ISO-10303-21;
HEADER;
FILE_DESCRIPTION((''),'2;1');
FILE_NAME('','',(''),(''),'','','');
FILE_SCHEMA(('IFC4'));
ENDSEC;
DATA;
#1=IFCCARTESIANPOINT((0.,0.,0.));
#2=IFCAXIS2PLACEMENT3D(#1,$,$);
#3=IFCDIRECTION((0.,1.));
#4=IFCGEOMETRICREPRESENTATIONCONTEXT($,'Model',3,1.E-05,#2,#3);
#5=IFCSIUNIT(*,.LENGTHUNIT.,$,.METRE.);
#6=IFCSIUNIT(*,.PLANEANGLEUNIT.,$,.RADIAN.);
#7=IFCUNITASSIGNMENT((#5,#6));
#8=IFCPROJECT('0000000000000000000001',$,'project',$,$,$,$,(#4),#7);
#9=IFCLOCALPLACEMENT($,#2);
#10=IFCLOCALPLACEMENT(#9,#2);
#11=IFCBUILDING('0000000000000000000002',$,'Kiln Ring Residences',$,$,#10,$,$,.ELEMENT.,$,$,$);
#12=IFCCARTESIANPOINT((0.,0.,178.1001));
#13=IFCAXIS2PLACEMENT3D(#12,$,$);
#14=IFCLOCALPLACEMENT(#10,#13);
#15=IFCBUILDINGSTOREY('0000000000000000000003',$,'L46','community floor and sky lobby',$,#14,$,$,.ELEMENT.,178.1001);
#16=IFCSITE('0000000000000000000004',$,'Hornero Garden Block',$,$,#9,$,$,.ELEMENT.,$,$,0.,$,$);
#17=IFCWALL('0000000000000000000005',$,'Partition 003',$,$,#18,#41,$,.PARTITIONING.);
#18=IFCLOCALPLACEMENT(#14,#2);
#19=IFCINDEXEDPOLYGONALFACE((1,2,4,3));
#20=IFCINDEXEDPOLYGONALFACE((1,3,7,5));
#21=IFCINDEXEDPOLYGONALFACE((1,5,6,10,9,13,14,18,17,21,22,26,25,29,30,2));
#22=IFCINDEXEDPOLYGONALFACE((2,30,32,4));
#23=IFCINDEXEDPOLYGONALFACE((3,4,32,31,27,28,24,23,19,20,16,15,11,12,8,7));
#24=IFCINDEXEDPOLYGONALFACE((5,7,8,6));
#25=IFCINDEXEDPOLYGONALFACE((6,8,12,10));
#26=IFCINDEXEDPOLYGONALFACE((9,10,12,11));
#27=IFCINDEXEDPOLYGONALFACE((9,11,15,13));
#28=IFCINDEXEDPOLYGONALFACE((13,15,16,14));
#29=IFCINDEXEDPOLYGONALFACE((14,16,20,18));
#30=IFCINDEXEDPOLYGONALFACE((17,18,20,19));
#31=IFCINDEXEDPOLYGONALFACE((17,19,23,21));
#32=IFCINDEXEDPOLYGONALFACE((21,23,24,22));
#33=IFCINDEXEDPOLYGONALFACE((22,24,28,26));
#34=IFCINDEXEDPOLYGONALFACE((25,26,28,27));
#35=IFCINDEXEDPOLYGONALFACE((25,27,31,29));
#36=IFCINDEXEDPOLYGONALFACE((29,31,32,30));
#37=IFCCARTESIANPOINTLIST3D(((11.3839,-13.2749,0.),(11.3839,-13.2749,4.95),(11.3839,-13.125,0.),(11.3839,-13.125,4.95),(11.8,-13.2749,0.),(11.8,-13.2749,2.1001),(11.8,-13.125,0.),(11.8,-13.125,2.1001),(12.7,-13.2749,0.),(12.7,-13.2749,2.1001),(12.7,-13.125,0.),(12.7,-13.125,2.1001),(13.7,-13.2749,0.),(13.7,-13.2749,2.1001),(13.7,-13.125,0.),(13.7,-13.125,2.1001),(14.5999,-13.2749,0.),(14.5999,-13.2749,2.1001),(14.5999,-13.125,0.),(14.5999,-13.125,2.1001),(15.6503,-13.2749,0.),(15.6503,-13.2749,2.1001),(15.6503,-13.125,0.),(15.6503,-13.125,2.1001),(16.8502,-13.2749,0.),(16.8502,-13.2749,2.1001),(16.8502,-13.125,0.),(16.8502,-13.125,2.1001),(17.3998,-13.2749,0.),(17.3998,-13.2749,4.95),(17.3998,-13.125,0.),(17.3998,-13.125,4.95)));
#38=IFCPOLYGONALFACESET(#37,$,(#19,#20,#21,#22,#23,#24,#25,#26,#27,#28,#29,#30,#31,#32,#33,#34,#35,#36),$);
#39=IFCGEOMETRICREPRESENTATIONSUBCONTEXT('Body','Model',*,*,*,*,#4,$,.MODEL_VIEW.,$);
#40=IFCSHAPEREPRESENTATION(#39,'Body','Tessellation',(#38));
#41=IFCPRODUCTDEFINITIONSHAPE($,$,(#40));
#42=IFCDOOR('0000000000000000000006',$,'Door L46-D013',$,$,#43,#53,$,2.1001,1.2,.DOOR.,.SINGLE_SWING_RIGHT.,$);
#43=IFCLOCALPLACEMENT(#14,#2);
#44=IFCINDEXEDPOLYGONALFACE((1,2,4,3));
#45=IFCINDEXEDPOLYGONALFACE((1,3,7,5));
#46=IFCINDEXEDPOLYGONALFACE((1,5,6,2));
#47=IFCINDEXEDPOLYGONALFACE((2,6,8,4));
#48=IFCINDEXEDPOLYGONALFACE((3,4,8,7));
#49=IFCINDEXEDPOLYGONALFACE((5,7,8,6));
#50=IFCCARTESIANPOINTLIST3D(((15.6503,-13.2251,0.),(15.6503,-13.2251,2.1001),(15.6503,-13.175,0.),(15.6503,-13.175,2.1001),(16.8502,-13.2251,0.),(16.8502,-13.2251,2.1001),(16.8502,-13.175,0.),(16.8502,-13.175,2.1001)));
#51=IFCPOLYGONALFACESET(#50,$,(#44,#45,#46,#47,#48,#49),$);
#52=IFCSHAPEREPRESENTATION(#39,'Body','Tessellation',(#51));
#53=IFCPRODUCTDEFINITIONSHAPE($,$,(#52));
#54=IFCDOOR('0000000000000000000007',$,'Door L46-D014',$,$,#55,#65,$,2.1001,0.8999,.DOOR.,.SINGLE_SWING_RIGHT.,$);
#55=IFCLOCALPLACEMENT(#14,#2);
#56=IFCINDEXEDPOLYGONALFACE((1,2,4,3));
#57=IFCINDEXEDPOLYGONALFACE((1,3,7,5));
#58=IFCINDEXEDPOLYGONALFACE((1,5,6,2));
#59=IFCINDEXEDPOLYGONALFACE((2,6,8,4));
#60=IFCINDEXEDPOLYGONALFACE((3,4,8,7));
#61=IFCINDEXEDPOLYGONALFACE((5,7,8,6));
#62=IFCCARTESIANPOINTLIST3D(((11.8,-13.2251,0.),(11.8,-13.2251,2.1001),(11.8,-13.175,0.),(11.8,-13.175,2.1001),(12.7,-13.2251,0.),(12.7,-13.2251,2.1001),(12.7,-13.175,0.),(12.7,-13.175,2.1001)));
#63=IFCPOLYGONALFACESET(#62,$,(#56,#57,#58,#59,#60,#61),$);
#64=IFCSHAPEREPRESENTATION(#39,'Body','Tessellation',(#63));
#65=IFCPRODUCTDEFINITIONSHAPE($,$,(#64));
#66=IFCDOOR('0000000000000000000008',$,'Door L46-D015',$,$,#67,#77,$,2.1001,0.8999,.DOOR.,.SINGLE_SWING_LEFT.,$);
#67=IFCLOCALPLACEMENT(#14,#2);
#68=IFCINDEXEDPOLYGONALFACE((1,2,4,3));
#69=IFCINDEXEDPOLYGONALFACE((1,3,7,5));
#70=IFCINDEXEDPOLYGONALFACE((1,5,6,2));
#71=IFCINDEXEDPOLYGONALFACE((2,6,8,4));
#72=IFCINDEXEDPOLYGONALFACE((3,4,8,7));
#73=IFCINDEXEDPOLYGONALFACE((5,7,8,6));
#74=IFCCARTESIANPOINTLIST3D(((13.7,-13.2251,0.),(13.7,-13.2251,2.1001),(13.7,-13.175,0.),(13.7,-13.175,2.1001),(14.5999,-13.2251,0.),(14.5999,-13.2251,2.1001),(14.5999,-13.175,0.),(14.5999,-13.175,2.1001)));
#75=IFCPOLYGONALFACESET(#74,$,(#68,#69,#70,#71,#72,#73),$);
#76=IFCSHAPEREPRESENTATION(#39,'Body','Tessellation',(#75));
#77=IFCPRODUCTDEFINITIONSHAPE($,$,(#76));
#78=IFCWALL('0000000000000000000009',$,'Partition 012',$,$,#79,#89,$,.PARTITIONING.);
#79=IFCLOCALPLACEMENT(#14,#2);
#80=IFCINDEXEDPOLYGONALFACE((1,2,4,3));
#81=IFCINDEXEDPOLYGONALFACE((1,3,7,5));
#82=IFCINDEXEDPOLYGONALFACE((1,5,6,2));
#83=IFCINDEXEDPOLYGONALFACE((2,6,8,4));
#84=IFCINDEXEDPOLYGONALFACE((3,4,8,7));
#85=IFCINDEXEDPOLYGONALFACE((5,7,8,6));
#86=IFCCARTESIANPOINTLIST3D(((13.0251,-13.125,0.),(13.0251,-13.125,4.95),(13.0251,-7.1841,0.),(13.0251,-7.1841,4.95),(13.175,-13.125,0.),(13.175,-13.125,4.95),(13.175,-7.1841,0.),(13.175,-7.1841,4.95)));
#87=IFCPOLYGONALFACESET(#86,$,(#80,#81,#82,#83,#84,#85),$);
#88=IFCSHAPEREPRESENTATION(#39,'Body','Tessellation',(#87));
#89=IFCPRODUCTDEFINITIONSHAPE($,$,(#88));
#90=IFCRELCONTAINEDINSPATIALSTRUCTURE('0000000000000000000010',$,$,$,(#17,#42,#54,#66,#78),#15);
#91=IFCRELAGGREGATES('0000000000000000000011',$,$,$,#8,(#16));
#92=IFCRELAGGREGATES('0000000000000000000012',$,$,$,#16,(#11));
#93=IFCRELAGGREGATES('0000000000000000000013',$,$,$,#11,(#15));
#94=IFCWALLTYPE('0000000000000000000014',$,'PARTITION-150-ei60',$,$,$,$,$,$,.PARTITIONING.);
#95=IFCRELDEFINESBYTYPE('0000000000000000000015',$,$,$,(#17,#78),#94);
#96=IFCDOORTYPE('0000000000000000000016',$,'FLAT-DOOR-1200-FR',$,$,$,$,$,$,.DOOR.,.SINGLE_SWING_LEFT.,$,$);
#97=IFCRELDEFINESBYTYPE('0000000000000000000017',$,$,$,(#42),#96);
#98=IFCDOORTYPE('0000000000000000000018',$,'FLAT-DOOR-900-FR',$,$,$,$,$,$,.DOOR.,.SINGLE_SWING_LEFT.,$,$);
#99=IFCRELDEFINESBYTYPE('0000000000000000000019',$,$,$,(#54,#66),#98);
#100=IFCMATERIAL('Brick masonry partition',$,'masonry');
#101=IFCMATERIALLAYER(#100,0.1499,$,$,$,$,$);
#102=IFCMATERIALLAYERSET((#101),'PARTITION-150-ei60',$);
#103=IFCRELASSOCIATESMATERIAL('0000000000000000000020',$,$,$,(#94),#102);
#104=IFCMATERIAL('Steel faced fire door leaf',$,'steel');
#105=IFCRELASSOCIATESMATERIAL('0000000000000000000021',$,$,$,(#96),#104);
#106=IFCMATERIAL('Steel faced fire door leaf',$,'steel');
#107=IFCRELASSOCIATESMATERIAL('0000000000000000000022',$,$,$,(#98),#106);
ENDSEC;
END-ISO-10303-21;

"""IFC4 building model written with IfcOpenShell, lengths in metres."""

from ifc_helpers import new_model, si_unit, direction, frame, frame_2d, origin, place, context, subcontext, project, spatial, rectangle, extrude, material, layer, layer_set, type_object, element, fill, save


model = new_model("IFC4")

# Units and contexts
model_context = context("Model", 3, precision=1e-05, world=origin(), true_north=direction((0.0, 1.0)))
body_context = subcontext(model_context, "Body", "Model", "MODEL_VIEW")
ifc_project = project(units=[si_unit("LENGTHUNIT", "METRE"), si_unit("PLANEANGLEUNIT", "RADIAN")], contexts=[model_context])

# Site, building, storey
site_placement = place(None, origin())
site = spatial("IfcSite", under=ifc_project, at=site_placement, Name="Hornero Garden Block", CompositionType="ELEMENT", RefElevation=0.0)
building_placement = place(site_placement, origin())
building = spatial("IfcBuilding", under=site, at=building_placement, Name="Kiln Ring Residences", CompositionType="ELEMENT")
storey_placement = place(building_placement, frame((0.0, 0.0, 178.1001)))
storey = spatial("IfcBuildingStorey", under=building, at=storey_placement, Name="L46", Description="community floor and sky lobby", CompositionType="ELEMENT", Elevation=178.1001)

# Wall, openings, doors
ifc_material_1 = material(Name="Brick masonry partition", Category="masonry")
ifc_layer_1 = layer(ifc_material_1, 0.1499)
ifc_layer_set_1 = layer_set([ifc_layer_1], Name="PARTITION-150-ei60")
wall_type_1 = type_object("IfcWallType", Name="PARTITION-150-ei60", PredefinedType="PARTITIONING", material=ifc_layer_set_1)
wall_1_placement = place(storey_placement, frame((11.384, -13.2, 0.0), z_axis=(0.0, 0.0, 1.0), x_axis=(1.0, 0.0, 0.0)))
wall_1 = element("IfcWall", 1, at=wall_1_placement, inside=storey, type_object=wall_type_1, Name="Partition 003", PredefinedType="PARTITIONING", context=body_context, shape_type="SweptSolid", body=[
    extrude(rectangle(XDim=6.0159, YDim=0.1499, at=frame_2d((3.0078, 0.0))), origin(), (0.0, 0.0, 1.0), 4.95),
])
opening_1_placement = place(wall_1_placement, frame((4.2661, 0.0, 0.0)))
opening_1 = element("IfcOpeningElement", 2, at=opening_1_placement, cuts=wall_1, PredefinedType="OPENING", context=body_context, shape_type="SweptSolid", body=[
    extrude(rectangle(XDim=1.2, YDim=2.1001, at=frame_2d((0.6001, 1.05))), frame((0.0, 0.085, 0.0), z_axis=(0.0, -1.0, 0.0), x_axis=(1.0, 0.0, 0.0)), (0.0, 0.0, 1.0), 0.1699),
])
opening_2_placement = place(wall_1_placement, frame((0.416, 0.0, 0.0)))
opening_2 = element("IfcOpeningElement", 3, at=opening_2_placement, cuts=wall_1, PredefinedType="OPENING", context=body_context, shape_type="SweptSolid", body=[
    extrude(rectangle(XDim=0.8999, YDim=2.1001, at=frame_2d((0.45, 1.05))), frame((0.0, 0.085, 0.0), z_axis=(0.0, -1.0, 0.0), x_axis=(1.0, 0.0, 0.0)), (0.0, 0.0, 1.0), 0.1699),
])
opening_3_placement = place(wall_1_placement, frame((2.3159, 0.0, 0.0)))
opening_3 = element("IfcOpeningElement", 4, at=opening_3_placement, cuts=wall_1, PredefinedType="OPENING", context=body_context, shape_type="SweptSolid", body=[
    extrude(rectangle(XDim=0.8999, YDim=2.1001, at=frame_2d((0.45, 1.05))), frame((0.0, 0.085, 0.0), z_axis=(0.0, -1.0, 0.0), x_axis=(1.0, 0.0, 0.0)), (0.0, 0.0, 1.0), 0.1699),
])
ifc_material_2 = material(Name="Steel faced fire door leaf", Category="steel")
door_type_1 = type_object("IfcDoorType", Name="FLAT-DOOR-1200-FR", OperationType="SINGLE_SWING_LEFT", PredefinedType="DOOR", material=ifc_material_2)
door_1_placement = place(opening_1_placement, origin())
door_1 = element("IfcDoor", 5, at=door_1_placement, inside=storey, type_object=door_type_1, Name="Door L46-D013", OperationType="SINGLE_SWING_RIGHT", OverallHeight=2.1001, OverallWidth=1.2, PredefinedType="DOOR", context=body_context, shape_type="SweptSolid", body=[
    extrude(rectangle(XDim=1.2, YDim=2.1001, at=frame_2d((0.6001, 1.05))), frame((0.0, 0.0249, 0.0), z_axis=(0.0, -1.0, 0.0), x_axis=(1.0, 0.0, 0.0)), (0.0, 0.0, 1.0), 0.05),
])
fill(opening_1, door_1)
ifc_material_3 = material(Name="Steel faced fire door leaf", Category="steel")
door_type_2 = type_object("IfcDoorType", Name="FLAT-DOOR-900-FR", OperationType="SINGLE_SWING_LEFT", PredefinedType="DOOR", material=ifc_material_3)
door_2_placement = place(opening_2_placement, origin())
door_2 = element("IfcDoor", 6, at=door_2_placement, inside=storey, type_object=door_type_2, Name="Door L46-D014", OperationType="SINGLE_SWING_RIGHT", OverallHeight=2.1001, OverallWidth=0.8999, PredefinedType="DOOR", context=body_context, shape_type="SweptSolid", body=[
    extrude(rectangle(XDim=0.8999, YDim=2.1001, at=frame_2d((0.45, 1.05))), frame((0.0, 0.0249, 0.0), z_axis=(0.0, -1.0, 0.0), x_axis=(1.0, 0.0, 0.0)), (0.0, 0.0, 1.0), 0.05),
])
fill(opening_2, door_2)
door_3_placement = place(opening_3_placement, origin())
door_3 = element("IfcDoor", 7, at=door_3_placement, inside=storey, type_object=door_type_2, Name="Door L46-D015", OperationType="SINGLE_SWING_LEFT", OverallHeight=2.1001, OverallWidth=0.8999, PredefinedType="DOOR", context=body_context, shape_type="SweptSolid", body=[
    extrude(rectangle(XDim=0.8999, YDim=2.1001, at=frame_2d((0.45, 1.05))), frame((0.0, 0.0249, 0.0), z_axis=(0.0, -1.0, 0.0), x_axis=(1.0, 0.0, 0.0)), (0.0, 0.0, 1.0), 0.05),
])
fill(opening_3, door_3)

# Wall
wall_2_placement = place(storey_placement, frame((13.1001, -13.125, 0.0), z_axis=(0.0, 0.0, 1.0), x_axis=(0.0, 1.0, 0.0)))
element("IfcWall", 8, at=wall_2_placement, inside=storey, type_object=wall_type_1, Name="Partition 012", PredefinedType="PARTITIONING", context=body_context, shape_type="SweptSolid", body=[
    extrude(rectangle(XDim=5.9409, YDim=0.1499, at=frame_2d((2.9705, 0.0))), origin(), (0.0, 0.0, 1.0), 4.95),
])

save(model, "model.ifc")
